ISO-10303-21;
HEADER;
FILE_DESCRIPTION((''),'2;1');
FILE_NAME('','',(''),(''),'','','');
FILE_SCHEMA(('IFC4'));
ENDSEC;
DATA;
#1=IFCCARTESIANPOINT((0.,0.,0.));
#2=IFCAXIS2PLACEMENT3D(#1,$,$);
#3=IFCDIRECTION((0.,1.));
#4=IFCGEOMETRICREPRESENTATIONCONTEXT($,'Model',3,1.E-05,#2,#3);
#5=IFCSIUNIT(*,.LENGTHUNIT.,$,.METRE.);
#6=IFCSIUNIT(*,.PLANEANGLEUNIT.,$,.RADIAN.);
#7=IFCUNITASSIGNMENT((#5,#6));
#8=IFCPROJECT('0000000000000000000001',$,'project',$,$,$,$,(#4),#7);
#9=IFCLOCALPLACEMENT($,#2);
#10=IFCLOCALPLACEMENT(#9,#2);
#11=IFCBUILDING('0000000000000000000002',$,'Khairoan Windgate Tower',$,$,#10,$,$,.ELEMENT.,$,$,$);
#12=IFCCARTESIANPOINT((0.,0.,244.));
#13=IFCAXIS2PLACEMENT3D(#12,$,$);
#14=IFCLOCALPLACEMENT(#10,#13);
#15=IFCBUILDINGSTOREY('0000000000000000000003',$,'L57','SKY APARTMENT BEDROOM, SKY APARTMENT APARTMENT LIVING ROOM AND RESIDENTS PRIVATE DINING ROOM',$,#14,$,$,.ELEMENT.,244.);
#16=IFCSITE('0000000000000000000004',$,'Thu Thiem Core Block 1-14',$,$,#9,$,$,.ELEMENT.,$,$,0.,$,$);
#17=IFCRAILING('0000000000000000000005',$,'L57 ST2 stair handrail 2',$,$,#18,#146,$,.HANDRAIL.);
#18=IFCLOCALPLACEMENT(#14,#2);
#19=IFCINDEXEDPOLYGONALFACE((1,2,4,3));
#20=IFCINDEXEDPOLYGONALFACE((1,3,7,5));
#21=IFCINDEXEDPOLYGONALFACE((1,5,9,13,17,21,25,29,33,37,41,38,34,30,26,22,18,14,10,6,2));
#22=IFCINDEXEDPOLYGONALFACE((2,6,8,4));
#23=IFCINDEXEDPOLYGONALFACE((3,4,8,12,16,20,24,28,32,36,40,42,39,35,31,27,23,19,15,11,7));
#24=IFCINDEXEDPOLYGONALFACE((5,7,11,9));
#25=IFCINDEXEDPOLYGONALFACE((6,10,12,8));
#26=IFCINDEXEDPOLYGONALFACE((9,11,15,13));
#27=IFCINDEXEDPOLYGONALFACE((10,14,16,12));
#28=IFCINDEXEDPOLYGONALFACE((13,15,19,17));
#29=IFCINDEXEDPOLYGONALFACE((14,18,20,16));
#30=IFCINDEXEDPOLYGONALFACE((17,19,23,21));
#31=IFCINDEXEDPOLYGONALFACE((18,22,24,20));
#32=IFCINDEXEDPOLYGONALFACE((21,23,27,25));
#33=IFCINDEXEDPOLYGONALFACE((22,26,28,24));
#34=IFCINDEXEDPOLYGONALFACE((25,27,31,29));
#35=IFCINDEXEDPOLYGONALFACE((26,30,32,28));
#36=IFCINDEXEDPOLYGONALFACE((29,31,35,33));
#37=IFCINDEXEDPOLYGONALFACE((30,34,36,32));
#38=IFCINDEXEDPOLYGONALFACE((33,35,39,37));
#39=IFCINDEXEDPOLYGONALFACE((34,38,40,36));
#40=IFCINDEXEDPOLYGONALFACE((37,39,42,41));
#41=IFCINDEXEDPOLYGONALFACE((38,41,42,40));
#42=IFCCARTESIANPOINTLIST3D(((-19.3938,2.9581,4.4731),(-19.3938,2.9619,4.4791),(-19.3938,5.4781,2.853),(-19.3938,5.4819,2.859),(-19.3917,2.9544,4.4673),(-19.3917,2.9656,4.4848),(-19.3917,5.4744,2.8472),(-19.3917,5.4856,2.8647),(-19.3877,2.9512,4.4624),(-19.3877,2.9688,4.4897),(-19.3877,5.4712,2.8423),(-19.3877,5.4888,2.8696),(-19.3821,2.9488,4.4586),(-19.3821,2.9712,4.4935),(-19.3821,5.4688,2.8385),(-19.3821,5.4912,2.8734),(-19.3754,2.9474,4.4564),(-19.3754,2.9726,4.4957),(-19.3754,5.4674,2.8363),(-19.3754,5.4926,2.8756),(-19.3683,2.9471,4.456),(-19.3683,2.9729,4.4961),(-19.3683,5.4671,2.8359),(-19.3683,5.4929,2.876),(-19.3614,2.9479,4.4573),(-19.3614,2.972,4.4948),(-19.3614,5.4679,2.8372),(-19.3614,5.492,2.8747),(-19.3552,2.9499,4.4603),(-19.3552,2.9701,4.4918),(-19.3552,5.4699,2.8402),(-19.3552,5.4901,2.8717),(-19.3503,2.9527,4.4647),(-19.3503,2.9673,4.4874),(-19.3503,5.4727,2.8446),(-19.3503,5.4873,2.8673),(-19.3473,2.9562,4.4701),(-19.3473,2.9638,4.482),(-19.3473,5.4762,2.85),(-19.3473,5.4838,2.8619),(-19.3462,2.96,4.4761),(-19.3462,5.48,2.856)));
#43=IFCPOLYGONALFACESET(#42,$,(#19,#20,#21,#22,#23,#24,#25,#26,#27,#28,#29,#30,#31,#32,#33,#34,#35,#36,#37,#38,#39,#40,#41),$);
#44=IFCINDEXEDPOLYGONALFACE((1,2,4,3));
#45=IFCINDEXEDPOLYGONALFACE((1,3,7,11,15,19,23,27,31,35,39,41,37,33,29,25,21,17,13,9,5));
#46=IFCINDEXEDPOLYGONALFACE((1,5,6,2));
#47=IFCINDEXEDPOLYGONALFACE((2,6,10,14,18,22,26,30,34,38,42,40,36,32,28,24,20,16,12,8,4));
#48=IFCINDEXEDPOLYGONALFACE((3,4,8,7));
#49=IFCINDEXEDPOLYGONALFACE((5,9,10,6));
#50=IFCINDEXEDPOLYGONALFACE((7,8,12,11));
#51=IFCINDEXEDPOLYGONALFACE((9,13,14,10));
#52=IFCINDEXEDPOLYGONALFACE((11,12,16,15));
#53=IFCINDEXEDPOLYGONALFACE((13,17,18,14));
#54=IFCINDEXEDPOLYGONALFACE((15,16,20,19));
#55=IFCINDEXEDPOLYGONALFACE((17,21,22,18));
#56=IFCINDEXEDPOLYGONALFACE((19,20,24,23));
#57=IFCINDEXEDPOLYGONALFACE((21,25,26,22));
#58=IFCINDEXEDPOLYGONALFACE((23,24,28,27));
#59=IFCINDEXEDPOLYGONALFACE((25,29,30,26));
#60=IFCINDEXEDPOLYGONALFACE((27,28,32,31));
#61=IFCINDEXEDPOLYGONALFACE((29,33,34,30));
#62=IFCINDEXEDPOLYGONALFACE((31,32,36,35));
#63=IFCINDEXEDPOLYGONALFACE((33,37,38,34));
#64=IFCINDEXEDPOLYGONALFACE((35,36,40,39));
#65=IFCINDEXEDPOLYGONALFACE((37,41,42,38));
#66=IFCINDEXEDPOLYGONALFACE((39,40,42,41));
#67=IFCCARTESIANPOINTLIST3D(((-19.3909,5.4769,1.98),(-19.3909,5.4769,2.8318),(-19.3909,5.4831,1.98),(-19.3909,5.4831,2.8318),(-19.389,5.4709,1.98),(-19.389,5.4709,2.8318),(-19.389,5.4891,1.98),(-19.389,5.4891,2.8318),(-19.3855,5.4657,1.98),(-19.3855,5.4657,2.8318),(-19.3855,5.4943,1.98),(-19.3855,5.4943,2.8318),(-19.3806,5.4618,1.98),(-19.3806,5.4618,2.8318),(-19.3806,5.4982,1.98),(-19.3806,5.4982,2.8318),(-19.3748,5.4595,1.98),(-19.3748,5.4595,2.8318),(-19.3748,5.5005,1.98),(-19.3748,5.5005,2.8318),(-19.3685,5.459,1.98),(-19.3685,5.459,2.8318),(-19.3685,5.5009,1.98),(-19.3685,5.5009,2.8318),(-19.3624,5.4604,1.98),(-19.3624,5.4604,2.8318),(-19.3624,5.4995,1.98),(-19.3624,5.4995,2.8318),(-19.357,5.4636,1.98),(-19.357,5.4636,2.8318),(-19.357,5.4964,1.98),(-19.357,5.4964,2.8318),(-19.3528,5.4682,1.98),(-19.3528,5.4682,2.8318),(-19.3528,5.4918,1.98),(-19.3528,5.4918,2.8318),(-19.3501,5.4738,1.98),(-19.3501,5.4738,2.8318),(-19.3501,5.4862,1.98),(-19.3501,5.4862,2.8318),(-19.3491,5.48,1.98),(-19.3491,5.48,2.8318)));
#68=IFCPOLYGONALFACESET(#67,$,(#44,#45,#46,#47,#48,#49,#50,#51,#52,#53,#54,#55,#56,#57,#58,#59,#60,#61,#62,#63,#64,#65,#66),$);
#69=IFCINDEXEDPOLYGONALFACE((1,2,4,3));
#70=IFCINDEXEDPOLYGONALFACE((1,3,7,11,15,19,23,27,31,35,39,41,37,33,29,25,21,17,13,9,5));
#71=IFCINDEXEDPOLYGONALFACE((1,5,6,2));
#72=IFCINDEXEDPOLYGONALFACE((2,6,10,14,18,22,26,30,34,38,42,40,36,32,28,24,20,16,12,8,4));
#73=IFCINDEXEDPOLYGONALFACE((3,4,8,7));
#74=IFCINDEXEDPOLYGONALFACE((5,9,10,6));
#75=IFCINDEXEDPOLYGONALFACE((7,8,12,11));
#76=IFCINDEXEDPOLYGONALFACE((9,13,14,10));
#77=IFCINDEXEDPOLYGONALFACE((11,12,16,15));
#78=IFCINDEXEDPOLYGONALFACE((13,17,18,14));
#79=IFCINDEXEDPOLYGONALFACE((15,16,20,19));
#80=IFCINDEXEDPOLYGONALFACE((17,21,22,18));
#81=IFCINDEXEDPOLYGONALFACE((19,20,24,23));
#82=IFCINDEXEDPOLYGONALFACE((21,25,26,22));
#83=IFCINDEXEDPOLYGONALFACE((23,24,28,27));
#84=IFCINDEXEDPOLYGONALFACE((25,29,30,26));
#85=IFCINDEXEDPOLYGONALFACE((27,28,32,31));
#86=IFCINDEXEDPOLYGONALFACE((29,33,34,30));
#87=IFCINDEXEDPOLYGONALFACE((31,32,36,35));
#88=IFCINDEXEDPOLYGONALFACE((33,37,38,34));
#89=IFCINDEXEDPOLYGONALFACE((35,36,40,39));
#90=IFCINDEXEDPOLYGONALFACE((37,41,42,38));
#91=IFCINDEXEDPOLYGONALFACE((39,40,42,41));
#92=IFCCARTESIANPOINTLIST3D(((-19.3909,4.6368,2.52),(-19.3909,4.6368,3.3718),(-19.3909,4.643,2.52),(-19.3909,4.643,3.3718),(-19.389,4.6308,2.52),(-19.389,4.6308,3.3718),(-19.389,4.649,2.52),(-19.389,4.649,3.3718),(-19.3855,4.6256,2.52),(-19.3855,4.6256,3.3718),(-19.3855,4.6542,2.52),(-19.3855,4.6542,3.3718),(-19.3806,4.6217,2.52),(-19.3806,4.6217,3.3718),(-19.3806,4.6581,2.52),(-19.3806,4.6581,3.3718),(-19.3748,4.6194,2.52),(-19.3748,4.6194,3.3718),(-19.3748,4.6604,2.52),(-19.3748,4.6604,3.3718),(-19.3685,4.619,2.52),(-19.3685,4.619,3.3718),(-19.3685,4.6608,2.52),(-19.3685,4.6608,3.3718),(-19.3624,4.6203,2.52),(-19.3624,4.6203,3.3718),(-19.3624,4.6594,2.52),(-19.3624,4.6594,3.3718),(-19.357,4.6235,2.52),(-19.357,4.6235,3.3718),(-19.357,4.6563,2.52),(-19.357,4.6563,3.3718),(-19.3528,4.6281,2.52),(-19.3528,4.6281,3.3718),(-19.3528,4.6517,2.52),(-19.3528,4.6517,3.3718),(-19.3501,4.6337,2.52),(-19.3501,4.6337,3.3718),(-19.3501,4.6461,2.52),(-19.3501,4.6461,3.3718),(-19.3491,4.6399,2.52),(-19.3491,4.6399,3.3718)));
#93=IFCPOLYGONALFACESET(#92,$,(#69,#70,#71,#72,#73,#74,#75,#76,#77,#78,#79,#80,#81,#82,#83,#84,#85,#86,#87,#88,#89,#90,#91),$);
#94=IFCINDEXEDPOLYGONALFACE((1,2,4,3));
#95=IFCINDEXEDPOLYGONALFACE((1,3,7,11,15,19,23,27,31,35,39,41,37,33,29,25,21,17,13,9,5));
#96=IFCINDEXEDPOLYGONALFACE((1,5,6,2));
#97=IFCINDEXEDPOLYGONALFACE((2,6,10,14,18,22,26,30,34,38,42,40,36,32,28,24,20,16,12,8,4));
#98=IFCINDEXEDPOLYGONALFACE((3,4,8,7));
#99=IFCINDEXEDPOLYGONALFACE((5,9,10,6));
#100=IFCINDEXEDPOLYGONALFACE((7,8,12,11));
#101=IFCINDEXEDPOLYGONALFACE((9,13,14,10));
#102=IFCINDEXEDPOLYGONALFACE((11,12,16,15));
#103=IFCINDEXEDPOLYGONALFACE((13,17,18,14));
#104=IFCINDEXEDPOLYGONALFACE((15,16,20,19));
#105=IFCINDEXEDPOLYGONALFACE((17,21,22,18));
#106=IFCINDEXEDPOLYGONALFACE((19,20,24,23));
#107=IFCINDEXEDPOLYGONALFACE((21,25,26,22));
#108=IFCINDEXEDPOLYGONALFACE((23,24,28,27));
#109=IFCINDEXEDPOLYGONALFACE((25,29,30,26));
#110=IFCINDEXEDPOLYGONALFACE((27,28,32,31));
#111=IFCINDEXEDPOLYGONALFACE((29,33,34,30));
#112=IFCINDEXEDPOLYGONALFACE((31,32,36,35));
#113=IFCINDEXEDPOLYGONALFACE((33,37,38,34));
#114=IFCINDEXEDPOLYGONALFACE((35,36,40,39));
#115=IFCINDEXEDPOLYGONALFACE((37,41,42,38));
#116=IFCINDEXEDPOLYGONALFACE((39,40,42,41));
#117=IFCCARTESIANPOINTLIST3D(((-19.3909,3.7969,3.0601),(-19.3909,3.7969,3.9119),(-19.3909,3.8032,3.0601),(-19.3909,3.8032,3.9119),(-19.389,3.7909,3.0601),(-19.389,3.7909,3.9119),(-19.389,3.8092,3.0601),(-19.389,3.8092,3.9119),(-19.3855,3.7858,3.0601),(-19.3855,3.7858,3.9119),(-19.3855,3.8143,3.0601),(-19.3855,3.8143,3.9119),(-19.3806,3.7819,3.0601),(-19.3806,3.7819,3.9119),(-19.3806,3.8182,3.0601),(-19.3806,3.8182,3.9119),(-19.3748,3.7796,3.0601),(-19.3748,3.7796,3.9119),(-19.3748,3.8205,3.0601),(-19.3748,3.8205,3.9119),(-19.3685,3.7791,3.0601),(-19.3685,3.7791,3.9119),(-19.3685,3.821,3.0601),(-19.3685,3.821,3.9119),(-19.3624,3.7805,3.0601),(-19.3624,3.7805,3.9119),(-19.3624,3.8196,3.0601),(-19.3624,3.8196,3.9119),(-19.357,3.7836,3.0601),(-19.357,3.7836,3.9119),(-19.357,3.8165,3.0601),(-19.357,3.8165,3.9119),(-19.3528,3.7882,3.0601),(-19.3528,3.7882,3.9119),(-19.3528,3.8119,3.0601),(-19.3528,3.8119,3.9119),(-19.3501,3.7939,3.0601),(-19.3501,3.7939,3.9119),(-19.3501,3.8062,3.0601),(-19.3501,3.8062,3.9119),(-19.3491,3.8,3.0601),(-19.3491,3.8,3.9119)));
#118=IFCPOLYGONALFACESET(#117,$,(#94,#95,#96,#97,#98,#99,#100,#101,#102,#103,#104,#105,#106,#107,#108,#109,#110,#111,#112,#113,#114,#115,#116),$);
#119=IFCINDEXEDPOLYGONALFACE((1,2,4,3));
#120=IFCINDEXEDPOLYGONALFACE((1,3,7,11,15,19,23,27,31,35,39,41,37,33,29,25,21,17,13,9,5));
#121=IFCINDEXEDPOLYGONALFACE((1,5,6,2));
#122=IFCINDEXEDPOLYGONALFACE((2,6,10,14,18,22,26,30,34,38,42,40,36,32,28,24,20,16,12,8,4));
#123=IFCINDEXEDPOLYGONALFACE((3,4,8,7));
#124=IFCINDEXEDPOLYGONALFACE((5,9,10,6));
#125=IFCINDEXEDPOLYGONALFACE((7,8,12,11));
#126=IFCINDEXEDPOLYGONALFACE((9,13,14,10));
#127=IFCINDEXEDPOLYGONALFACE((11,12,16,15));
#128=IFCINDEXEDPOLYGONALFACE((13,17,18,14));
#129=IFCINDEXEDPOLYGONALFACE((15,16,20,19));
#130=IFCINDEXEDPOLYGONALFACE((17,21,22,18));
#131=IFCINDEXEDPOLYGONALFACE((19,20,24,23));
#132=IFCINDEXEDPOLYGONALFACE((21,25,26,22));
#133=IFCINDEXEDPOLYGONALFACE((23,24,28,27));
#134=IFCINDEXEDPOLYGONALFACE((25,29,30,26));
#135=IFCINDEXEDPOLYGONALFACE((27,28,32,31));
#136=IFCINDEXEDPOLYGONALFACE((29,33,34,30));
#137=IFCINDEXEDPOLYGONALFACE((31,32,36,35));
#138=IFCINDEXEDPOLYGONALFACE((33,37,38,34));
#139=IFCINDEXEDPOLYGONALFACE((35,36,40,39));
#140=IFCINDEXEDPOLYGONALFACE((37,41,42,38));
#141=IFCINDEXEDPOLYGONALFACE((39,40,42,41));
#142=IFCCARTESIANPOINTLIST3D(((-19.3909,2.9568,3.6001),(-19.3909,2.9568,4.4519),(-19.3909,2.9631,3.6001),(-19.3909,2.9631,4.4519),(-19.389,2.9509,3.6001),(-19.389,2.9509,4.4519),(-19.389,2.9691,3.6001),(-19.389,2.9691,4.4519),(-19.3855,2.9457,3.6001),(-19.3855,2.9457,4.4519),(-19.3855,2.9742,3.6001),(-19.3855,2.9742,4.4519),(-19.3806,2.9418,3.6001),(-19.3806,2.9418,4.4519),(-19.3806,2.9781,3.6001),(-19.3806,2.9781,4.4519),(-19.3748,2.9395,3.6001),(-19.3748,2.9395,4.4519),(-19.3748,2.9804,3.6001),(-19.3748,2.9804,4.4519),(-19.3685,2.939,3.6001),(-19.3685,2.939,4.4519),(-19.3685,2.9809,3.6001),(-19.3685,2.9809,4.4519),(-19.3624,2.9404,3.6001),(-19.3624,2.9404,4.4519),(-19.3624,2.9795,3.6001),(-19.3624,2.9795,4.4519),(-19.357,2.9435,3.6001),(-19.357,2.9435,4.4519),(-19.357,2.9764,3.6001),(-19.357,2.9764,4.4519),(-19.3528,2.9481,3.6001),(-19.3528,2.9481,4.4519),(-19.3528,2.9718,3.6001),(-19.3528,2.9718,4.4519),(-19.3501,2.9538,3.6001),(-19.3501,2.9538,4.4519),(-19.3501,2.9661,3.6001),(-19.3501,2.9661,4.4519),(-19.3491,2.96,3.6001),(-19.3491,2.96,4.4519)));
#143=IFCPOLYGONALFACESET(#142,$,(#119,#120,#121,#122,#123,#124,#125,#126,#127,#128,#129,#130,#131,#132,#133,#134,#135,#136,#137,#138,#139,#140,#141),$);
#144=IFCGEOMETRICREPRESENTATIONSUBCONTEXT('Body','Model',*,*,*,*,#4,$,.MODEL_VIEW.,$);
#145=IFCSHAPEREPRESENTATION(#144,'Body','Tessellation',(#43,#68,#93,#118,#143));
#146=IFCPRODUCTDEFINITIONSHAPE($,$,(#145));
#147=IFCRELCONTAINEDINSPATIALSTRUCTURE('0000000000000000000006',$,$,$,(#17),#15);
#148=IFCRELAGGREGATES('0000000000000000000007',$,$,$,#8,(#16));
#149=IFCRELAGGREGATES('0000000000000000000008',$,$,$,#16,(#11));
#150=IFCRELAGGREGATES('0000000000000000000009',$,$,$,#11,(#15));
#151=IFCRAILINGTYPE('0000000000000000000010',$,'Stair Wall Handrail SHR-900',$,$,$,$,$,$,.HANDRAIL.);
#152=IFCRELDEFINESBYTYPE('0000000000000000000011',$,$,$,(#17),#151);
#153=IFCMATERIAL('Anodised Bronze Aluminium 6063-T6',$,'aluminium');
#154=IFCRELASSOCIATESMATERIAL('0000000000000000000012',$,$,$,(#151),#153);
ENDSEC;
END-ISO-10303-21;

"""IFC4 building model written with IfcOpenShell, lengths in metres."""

from ifc_helpers import new_model, si_unit, direction, frame, origin, origin_2d, place, context, subcontext, project, spatial, circle, extrude, material, type_object, element, save


model = new_model("IFC4")

# Units and contexts
model_context = context("Model", 3, precision=1e-05, world=origin(), true_north=direction((0.0, 1.0)))
body_context = subcontext(model_context, "Body", "Model", "MODEL_VIEW")
ifc_project = project(units=[si_unit("LENGTHUNIT", "METRE"), si_unit("PLANEANGLEUNIT", "RADIAN")], contexts=[model_context])

# Site, building, storey
site_placement = place(None, origin())
site = spatial("IfcSite", under=ifc_project, at=site_placement, Name="Thu Thiem Core Block 1-14", CompositionType="ELEMENT", RefElevation=0.0)
building_placement = place(site_placement, origin())
building = spatial("IfcBuilding", under=site, at=building_placement, Name="Khairoan Windgate Tower", CompositionType="ELEMENT")
storey_placement = place(building_placement, frame((0.0, 0.0, 244.0)))
storey = spatial("IfcBuildingStorey", under=building, at=storey_placement, Name="L57", Description="SKY APARTMENT BEDROOM, SKY APARTMENT APARTMENT LIVING ROOM AND RESIDENTS PRIVATE DINING ROOM", CompositionType="ELEMENT", Elevation=244.0)

# Railing
ifc_material_1 = material(Name="Anodised Bronze Aluminium 6063-T6", Category="aluminium")
railing_type_1 = type_object("IfcRailingType", Name="Stair Wall Handrail SHR-900", PredefinedType="HANDRAIL", material=ifc_material_1)
railing_1_placement = place(storey_placement, frame((-19.3701, 5.48, 1.98)))
element("IfcRailing", 1, at=railing_1_placement, inside=storey, type_object=railing_type_1, Name="L57 ST2 stair handrail 2", PredefinedType="HANDRAIL", context=body_context, shape_type="SweptSolid", body=[
    extrude(circle(Radius=0.0239, at=origin_2d()), frame((0.0, 0.0, 0.876), z_axis=(0.0, -0.841163, 0.540782), x_axis=(1.0, 0.0, 0.0)), (0.0, 0.0, 1.0), 2.9958),
    extrude(circle(Radius=0.021, at=origin_2d()), origin(), (0.0, 0.0, 1.0), 0.8518),
    extrude(circle(Radius=0.021, at=origin_2d()), frame((0.0, -0.8401, 0.54)), (0.0, 0.0, 1.0), 0.8518),
    extrude(circle(Radius=0.021, at=origin_2d()), frame((0.0, -1.6799, 1.0801)), (0.0, 0.0, 1.0), 0.8518),
    extrude(circle(Radius=0.021, at=origin_2d()), frame((0.0, -2.52, 1.6201)), (0.0, 0.0, 1.0), 0.8518),
])

save(model, "model.ifc")
